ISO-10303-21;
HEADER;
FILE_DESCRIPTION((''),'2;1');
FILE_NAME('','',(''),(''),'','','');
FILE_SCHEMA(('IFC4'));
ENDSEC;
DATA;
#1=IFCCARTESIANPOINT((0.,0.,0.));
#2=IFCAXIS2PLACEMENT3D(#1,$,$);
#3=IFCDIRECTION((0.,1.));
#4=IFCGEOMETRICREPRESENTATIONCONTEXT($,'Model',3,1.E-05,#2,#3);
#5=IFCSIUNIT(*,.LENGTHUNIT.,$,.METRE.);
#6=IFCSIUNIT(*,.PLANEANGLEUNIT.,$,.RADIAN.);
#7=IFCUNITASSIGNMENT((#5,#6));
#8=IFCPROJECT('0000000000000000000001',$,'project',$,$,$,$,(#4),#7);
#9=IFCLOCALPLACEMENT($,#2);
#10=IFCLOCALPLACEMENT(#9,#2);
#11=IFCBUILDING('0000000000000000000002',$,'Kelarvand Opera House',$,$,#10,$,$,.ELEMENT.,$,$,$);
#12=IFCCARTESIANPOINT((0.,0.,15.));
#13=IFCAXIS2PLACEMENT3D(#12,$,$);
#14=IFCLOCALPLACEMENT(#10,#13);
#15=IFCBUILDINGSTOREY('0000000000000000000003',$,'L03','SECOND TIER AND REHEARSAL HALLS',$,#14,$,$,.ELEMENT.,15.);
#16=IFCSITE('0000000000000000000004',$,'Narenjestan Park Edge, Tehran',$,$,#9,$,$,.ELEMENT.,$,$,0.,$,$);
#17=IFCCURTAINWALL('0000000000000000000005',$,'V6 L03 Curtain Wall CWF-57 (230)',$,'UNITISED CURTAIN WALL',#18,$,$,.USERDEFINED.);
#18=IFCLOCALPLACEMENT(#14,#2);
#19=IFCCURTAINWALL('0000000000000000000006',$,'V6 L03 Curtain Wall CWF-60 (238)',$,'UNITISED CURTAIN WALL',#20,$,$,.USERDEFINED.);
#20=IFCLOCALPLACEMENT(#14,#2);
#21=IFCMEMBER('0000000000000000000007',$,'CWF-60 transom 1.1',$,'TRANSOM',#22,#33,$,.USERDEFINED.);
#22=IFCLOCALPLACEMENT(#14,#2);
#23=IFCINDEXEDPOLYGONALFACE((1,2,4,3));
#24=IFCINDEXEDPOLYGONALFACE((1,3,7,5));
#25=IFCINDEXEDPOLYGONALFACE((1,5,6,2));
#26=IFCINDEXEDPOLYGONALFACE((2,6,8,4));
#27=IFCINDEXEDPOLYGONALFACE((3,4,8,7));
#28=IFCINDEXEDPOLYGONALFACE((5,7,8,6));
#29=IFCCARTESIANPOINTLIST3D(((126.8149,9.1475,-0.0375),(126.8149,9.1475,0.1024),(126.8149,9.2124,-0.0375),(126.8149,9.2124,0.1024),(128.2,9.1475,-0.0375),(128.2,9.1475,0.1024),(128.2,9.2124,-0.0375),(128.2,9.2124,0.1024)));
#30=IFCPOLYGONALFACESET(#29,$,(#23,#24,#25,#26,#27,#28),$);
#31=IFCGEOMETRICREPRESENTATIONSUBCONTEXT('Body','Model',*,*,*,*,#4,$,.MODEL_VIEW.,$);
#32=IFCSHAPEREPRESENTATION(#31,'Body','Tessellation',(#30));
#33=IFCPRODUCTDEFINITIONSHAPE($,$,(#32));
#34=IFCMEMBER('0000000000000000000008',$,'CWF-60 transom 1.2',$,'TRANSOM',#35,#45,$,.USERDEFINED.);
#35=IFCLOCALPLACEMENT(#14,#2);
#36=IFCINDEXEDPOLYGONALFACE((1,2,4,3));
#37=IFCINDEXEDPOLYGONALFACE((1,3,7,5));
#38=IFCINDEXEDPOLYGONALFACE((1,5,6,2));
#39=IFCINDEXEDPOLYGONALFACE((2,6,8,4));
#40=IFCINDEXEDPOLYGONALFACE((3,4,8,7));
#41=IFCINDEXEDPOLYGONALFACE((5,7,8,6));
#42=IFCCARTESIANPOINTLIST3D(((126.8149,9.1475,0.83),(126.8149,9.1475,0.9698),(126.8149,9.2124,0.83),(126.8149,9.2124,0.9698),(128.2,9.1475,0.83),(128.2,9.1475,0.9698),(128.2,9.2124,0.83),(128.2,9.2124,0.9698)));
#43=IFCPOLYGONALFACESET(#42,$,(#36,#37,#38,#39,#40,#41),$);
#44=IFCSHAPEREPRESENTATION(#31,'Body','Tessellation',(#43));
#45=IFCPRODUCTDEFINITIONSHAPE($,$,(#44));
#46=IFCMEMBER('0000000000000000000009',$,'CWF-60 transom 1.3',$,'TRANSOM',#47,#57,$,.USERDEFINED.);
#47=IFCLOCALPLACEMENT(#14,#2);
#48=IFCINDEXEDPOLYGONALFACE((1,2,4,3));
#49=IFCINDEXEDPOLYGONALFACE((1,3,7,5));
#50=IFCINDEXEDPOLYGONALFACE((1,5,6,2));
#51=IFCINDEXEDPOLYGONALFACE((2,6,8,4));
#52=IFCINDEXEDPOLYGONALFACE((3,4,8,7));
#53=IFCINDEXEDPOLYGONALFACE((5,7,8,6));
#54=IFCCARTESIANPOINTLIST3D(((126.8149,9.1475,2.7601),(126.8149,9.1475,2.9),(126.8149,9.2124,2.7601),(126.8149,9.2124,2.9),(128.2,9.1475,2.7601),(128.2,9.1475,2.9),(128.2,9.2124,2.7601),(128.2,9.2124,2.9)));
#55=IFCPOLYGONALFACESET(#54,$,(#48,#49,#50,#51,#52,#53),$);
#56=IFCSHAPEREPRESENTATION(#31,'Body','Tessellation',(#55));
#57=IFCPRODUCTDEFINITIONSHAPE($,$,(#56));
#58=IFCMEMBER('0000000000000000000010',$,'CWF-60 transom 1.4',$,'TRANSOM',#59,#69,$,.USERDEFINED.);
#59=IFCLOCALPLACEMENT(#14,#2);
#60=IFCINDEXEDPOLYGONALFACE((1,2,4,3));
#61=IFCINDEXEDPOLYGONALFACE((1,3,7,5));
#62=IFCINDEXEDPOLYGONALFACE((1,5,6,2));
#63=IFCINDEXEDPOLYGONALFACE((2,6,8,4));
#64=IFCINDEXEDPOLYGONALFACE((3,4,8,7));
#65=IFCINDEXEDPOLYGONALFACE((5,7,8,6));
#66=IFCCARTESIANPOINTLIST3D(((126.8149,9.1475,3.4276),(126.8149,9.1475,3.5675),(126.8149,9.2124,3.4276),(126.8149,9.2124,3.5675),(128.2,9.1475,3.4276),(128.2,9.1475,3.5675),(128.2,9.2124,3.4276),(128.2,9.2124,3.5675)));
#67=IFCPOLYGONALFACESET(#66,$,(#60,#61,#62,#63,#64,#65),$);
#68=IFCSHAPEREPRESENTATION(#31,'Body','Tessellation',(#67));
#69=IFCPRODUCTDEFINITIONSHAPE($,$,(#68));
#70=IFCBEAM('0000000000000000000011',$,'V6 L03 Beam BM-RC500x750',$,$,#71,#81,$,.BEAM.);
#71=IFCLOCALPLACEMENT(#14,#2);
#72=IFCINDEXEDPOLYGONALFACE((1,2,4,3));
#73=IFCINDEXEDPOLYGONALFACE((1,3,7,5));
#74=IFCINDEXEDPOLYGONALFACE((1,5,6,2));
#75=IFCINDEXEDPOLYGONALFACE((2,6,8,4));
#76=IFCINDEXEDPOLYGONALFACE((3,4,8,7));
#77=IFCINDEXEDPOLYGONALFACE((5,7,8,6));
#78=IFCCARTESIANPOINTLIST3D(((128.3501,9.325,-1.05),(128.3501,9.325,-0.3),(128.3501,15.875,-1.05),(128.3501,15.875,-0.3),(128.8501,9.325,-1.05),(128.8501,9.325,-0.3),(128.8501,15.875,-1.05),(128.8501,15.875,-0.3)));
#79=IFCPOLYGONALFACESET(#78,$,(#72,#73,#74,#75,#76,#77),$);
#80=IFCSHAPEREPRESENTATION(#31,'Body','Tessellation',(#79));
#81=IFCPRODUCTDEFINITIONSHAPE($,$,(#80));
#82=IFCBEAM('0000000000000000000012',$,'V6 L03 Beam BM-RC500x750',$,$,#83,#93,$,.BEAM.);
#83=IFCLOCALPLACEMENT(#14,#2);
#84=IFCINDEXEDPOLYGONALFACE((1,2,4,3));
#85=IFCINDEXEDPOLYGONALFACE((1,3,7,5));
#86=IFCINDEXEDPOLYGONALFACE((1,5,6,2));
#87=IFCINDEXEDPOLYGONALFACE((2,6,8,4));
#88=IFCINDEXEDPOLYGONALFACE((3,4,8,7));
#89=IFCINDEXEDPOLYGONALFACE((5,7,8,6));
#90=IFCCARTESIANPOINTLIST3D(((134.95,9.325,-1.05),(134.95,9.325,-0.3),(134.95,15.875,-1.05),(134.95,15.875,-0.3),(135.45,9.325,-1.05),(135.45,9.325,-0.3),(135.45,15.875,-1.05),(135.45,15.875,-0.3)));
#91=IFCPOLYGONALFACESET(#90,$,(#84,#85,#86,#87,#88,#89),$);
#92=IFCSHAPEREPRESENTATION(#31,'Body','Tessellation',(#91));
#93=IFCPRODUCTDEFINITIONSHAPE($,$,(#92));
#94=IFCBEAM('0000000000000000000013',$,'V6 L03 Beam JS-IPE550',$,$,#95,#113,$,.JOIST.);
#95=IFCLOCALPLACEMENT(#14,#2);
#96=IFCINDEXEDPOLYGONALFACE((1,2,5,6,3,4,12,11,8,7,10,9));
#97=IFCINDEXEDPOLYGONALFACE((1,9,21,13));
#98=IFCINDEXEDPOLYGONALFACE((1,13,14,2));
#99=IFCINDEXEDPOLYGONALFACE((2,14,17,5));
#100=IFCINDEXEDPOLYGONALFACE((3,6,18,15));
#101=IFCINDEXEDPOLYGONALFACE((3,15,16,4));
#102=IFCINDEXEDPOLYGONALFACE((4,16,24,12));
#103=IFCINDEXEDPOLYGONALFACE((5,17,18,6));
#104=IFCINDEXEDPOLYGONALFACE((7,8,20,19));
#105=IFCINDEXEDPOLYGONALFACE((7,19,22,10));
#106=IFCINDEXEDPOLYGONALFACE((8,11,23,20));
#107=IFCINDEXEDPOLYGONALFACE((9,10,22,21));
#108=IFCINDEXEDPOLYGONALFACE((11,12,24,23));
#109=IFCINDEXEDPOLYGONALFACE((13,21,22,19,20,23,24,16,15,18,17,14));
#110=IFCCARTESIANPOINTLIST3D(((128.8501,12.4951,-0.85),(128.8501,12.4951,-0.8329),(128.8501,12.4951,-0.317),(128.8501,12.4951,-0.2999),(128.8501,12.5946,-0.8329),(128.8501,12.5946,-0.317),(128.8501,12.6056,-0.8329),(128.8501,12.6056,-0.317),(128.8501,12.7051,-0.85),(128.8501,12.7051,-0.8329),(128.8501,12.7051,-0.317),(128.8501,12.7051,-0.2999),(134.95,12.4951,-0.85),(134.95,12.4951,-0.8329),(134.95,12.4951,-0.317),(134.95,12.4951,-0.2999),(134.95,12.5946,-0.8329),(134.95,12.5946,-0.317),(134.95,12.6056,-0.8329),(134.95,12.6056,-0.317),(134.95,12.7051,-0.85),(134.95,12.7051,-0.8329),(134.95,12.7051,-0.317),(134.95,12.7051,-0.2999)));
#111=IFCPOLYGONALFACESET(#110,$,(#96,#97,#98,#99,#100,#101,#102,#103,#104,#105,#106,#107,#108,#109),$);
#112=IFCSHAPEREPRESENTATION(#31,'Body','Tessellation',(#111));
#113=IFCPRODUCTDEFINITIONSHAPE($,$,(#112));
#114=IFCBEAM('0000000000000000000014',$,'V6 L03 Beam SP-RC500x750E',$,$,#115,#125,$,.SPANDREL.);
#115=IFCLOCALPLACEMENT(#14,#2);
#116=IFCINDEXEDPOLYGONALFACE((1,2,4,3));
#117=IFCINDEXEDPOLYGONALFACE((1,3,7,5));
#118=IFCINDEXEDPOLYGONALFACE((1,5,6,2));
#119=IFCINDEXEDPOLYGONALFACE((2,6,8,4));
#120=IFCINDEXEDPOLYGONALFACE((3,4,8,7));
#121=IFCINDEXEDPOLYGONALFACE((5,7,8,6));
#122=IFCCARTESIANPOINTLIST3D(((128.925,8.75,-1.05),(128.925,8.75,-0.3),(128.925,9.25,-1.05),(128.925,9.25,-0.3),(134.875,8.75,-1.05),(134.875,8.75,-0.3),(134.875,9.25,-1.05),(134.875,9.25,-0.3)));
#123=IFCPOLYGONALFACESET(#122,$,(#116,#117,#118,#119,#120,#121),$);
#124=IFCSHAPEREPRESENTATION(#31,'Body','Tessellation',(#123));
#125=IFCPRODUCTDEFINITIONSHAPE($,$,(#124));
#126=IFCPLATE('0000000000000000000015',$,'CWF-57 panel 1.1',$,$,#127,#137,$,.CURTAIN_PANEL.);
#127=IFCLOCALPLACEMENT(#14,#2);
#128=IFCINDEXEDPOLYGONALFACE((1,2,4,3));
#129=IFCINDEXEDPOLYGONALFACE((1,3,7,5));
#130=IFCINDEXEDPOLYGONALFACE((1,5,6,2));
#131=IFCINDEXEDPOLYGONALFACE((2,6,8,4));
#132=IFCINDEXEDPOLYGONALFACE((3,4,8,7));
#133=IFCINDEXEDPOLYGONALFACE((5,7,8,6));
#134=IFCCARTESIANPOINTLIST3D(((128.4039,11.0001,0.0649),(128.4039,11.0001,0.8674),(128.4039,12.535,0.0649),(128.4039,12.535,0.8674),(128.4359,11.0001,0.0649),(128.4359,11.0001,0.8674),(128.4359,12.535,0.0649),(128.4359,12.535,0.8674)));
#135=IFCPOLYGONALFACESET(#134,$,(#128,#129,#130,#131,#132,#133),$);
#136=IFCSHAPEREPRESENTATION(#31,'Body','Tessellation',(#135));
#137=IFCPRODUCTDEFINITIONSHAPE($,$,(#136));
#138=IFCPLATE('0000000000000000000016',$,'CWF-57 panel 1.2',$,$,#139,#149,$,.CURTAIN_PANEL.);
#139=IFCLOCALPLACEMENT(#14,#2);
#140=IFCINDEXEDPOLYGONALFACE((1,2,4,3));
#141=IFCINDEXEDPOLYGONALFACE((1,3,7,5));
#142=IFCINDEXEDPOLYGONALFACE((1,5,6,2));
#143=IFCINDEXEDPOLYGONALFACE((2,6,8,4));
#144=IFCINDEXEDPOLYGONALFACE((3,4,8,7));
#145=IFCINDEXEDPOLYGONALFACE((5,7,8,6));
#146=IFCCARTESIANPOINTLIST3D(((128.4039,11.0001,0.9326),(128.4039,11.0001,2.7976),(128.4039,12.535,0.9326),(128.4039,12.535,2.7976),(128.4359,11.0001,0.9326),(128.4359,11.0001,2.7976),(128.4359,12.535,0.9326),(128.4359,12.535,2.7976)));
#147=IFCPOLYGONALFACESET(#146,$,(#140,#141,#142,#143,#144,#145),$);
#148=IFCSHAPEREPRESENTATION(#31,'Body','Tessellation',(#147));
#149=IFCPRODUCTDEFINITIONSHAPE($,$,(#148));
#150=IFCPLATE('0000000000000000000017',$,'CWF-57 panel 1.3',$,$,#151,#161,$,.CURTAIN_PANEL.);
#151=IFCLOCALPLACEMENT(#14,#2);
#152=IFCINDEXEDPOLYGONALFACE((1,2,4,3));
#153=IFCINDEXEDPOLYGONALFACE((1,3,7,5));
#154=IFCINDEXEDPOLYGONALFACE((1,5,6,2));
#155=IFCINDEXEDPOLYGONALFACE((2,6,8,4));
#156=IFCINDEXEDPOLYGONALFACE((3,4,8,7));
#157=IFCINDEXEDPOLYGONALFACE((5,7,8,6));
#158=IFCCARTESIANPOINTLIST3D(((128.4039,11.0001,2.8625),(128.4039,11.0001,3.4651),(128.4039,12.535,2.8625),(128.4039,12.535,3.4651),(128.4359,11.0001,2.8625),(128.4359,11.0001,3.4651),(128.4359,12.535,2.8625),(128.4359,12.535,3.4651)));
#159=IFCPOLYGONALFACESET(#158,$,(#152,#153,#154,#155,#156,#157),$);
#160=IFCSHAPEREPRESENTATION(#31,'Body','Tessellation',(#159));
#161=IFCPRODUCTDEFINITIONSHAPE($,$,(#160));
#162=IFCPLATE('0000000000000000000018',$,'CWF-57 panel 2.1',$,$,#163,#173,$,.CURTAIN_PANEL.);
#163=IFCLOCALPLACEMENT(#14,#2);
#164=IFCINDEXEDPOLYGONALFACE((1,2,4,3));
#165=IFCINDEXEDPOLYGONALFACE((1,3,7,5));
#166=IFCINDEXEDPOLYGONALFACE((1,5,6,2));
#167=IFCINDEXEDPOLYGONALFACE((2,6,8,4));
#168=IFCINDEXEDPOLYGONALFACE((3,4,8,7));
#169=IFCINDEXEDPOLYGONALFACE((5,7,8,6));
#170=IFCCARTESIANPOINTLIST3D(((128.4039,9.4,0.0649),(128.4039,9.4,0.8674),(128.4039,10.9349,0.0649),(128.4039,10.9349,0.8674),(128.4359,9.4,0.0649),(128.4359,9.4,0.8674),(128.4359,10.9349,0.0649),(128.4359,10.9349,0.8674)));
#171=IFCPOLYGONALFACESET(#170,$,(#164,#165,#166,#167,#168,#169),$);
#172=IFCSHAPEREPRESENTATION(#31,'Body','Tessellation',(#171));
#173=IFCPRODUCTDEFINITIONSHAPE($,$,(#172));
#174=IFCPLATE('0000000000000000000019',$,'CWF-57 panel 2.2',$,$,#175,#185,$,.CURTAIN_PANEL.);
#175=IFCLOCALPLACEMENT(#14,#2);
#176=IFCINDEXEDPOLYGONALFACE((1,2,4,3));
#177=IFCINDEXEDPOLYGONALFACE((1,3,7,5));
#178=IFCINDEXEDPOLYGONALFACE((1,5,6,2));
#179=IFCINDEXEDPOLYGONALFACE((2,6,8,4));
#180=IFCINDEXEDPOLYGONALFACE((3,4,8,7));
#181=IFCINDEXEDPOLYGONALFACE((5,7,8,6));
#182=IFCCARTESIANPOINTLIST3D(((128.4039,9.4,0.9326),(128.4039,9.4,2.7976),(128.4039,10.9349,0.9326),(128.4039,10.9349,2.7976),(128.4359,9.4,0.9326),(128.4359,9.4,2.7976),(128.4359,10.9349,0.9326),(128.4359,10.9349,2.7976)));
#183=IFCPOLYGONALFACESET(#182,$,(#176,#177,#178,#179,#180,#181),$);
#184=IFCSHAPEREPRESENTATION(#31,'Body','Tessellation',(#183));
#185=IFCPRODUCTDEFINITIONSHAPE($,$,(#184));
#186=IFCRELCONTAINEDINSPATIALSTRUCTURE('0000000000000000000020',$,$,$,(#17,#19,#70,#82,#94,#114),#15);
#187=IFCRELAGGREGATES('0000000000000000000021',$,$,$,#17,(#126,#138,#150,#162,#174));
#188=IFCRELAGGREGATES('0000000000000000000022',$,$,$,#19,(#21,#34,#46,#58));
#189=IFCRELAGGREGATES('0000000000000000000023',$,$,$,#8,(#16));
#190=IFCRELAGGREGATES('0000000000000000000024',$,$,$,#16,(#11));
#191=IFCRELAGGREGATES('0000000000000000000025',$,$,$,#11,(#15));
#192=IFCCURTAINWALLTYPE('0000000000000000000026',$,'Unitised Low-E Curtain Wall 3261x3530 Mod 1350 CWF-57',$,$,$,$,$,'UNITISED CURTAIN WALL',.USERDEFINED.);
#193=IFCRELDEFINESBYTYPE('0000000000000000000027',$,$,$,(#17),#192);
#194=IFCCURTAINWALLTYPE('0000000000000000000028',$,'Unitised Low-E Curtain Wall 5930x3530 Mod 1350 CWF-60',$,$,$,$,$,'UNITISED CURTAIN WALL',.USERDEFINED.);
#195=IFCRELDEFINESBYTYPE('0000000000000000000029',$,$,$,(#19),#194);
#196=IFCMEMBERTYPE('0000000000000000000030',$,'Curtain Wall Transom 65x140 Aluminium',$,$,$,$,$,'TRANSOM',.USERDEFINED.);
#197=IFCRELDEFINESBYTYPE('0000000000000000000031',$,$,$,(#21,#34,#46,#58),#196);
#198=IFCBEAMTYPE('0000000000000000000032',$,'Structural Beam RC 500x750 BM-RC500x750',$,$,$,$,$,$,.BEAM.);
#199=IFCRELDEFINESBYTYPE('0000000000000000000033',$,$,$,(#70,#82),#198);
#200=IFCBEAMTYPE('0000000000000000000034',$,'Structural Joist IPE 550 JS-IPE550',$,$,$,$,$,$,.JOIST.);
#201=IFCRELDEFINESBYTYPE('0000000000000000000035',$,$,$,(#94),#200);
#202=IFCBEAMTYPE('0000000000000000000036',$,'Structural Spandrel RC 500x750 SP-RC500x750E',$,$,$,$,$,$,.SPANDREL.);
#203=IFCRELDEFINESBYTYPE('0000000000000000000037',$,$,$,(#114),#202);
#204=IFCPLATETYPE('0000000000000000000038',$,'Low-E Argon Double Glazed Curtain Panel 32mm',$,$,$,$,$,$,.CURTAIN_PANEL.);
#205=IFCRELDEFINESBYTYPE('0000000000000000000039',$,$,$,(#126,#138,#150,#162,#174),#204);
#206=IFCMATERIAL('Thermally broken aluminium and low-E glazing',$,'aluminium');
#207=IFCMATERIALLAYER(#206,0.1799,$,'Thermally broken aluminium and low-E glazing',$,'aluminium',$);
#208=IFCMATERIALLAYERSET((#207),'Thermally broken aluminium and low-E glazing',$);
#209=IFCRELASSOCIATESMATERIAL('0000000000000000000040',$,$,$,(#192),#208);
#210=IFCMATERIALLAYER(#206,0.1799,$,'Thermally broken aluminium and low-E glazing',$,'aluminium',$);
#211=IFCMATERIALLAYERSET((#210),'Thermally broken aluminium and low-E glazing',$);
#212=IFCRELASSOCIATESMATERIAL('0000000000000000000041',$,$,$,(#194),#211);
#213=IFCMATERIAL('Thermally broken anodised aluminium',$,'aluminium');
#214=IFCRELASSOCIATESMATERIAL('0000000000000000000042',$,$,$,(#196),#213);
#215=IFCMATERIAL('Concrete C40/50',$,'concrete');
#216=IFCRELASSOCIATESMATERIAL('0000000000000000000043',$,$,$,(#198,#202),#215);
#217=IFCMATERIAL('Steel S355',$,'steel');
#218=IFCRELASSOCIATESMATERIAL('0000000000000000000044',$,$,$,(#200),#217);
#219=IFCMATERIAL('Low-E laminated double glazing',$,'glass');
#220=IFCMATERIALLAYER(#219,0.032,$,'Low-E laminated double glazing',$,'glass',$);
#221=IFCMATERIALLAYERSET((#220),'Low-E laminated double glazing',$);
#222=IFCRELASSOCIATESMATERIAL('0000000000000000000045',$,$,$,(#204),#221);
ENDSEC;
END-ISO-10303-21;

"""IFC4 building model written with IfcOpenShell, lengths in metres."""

from ifc_helpers import new_model, si_unit, direction, frame, origin, origin_2d, place, context, subcontext, project, spatial, rectangle, i_section, extrude, material, layer, layer_set, material_profile, profile_set, type_object, element, aggregate, save


model = new_model("IFC4")

# Units and contexts
model_context = context("Model", 3, precision=1e-05, world=origin(), true_north=direction((0.0, 1.0)))
body_context = subcontext(model_context, "Body", "Model", "MODEL_VIEW")
ifc_project = project(units=[si_unit("LENGTHUNIT", "METRE"), si_unit("PLANEANGLEUNIT", "RADIAN")], contexts=[model_context])

# Site, building, storey
site_placement = place(None, origin())
site = spatial("IfcSite", under=ifc_project, at=site_placement, Name="Narenjestan Park Edge, Tehran", CompositionType="ELEMENT", RefElevation=0.0)
building_placement = place(site_placement, origin())
building = spatial("IfcBuilding", under=site, at=building_placement, Name="Kelarvand Opera House", CompositionType="ELEMENT")
storey_placement = place(building_placement, frame((0.0, 0.0, 15.0)))
storey = spatial("IfcBuildingStorey", under=building, at=storey_placement, Name="L03", Description="SECOND TIER AND REHEARSAL HALLS", CompositionType="ELEMENT", Elevation=15.0)

# Shared definitions
ifc_material_1 = material(Name="Concrete C40/50", Category="concrete")

# Shared definitions
ifc_material_2 = material(Name="Thermally broken aluminium and low-E glazing", Category="aluminium")
ifc_layer_1 = layer(ifc_material_2, 0.1799, Name="Thermally broken aluminium and low-E glazing", Category="aluminium")
ifc_layer_set_1 = layer_set([ifc_layer_1], Name="Thermally broken aluminium and low-E glazing")
curtain_wall_type_1 = type_object("IfcCurtainWallType", Name="Unitised Low-E Curtain Wall 3261x3530 Mod 1350 CWF-57", ElementType="UNITISED CURTAIN WALL", PredefinedType="USERDEFINED", material=ifc_layer_set_1)
ifc_material_3 = material(Name="Thermally broken anodised aluminium", Category="aluminium")

# Curtain wall
curtain_wall_1_placement = place(storey_placement, origin())
curtain_wall_1 = element("IfcCurtainWall", 1, at=curtain_wall_1_placement, inside=storey, type_object=curtain_wall_type_1, Name="V6 L03 Curtain Wall CWF-57 (230)", ObjectType="UNITISED CURTAIN WALL", PredefinedType="USERDEFINED")

# Curtain wall
ifc_layer_2 = layer(ifc_material_2, 0.1799, Name="Thermally broken aluminium and low-E glazing", Category="aluminium")
ifc_layer_set_2 = layer_set([ifc_layer_2], Name="Thermally broken aluminium and low-E glazing")
curtain_wall_type_2 = type_object("IfcCurtainWallType", Name="Unitised Low-E Curtain Wall 5930x3530 Mod 1350 CWF-60", ElementType="UNITISED CURTAIN WALL", PredefinedType="USERDEFINED", material=ifc_layer_set_2)
curtain_wall_2_placement = place(storey_placement, origin())
curtain_wall_2 = element("IfcCurtainWall", 2, at=curtain_wall_2_placement, inside=storey, type_object=curtain_wall_type_2, Name="V6 L03 Curtain Wall CWF-60 (238)", ObjectType="UNITISED CURTAIN WALL", PredefinedType="USERDEFINED")

# Members
ifc_material_profile_1 = material_profile(ifc_material_3, rectangle(XDim=0.0649, YDim=0.1399, at=origin_2d()), Name="ALU TRANSOM 65x140", Category="aluminium")
ifc_profile_set_1 = profile_set([ifc_material_profile_1], Name="Thermally broken anodised aluminium")
member_type_1 = type_object("IfcMemberType", Name="Curtain Wall Transom 65x140 Aluminium", ElementType="TRANSOM", PredefinedType="USERDEFINED", material=ifc_profile_set_1)
member_1_placement = place(storey_placement, frame((128.2, 9.1799, 0.0325), z_axis=(-1.0, 0.0, 0.0), x_axis=(0.0, -1.0, 0.0)))
member_1 = element("IfcMember", 3, at=member_1_placement, type_object=member_type_1, Name="CWF-60 transom 1.1", ObjectType="TRANSOM", PredefinedType="USERDEFINED", context=body_context, shape_type="SweptSolid", body=[
    extrude(rectangle(XDim=0.0649, YDim=0.1399, at=origin_2d()), origin(), (0.0, 0.0, 1.0), 1.385),
])
member_2_placement = place(storey_placement, frame((128.2, 9.1799, 0.8999), z_axis=(-1.0, 0.0, 0.0), x_axis=(0.0, -1.0, 0.0)))
member_2 = element("IfcMember", 4, at=member_2_placement, type_object=member_type_1, Name="CWF-60 transom 1.2", ObjectType="TRANSOM", PredefinedType="USERDEFINED", context=body_context, shape_type="SweptSolid", body=[
    extrude(rectangle(XDim=0.0649, YDim=0.1399, at=origin_2d()), origin(), (0.0, 0.0, 1.0), 1.385),
])
member_3_placement = place(storey_placement, frame((128.2, 9.1799, 2.8301), z_axis=(-1.0, 0.0, 0.0), x_axis=(0.0, -1.0, 0.0)))
member_3 = element("IfcMember", 5, at=member_3_placement, type_object=member_type_1, Name="CWF-60 transom 1.3", ObjectType="TRANSOM", PredefinedType="USERDEFINED", context=body_context, shape_type="SweptSolid", body=[
    extrude(rectangle(XDim=0.0649, YDim=0.1399, at=origin_2d()), origin(), (0.0, 0.0, 1.0), 1.385),
])
member_4_placement = place(storey_placement, frame((128.2, 9.1799, 3.4976), z_axis=(-1.0, 0.0, 0.0), x_axis=(0.0, -1.0, 0.0)))
member_4 = element("IfcMember", 6, at=member_4_placement, type_object=member_type_1, Name="CWF-60 transom 1.4", ObjectType="TRANSOM", PredefinedType="USERDEFINED", context=body_context, shape_type="SweptSolid", body=[
    extrude(rectangle(XDim=0.0649, YDim=0.1399, at=origin_2d()), origin(), (0.0, 0.0, 1.0), 1.385),
])

# Beams
ifc_material_profile_2 = material_profile(ifc_material_1, rectangle(XDim=0.5, YDim=0.75, at=origin_2d()), Name="RC 500x750", Category="concrete")
ifc_profile_set_2 = profile_set([ifc_material_profile_2], Name="Concrete C40/50")
beam_type_1 = type_object("IfcBeamType", Name="Structural Beam RC 500x750 BM-RC500x750", PredefinedType="BEAM", material=ifc_profile_set_2)
for number, where, z_axis, x_axis, name in (
    (7, (128.6001, 9.325, -0.675), (0.0, 1.0, 0.0), (-1.0, 0.0, 0.0), "V6 L03 Beam BM-RC500x750"),
    (8, (135.2, 9.325, -0.675), (0.0, 1.0, 0.0), (-1.0, 0.0, 0.0), "V6 L03 Beam BM-RC500x750"),
):
    element("IfcBeam", number, at=place(storey_placement, frame(where, z_axis=z_axis, x_axis=x_axis)), inside=storey, type_object=beam_type_1, Name=name, PredefinedType="BEAM", context=body_context, shape_type="SweptSolid", body=[
        extrude(rectangle(XDim=0.5, YDim=0.75, at=origin_2d()), origin(), (0.0, 0.0, 1.0), 6.55),
    ])
ifc_material_4 = material(Name="Steel S355", Category="steel")
ifc_material_profile_3 = material_profile(ifc_material_4, i_section(OverallWidth=0.21, OverallDepth=0.55, WebThickness=0.011, FlangeThickness=0.0171, at=origin_2d()), Name="IPE 550", Category="steel")
ifc_profile_set_3 = profile_set([ifc_material_profile_3], Name="Steel S355")
beam_type_2 = type_object("IfcBeamType", Name="Structural Joist IPE 550 JS-IPE550", PredefinedType="JOIST", material=ifc_profile_set_3)
beam_1_placement = place(storey_placement, frame((128.8501, 12.6001, -0.575), z_axis=(1.0, 0.0, 0.0), x_axis=(0.0, 1.0, 0.0)))
element("IfcBeam", 9, at=beam_1_placement, inside=storey, type_object=beam_type_2, Name="V6 L03 Beam JS-IPE550", PredefinedType="JOIST", context=body_context, shape_type="SweptSolid", body=[
    extrude(i_section(OverallWidth=0.21, OverallDepth=0.55, WebThickness=0.011, FlangeThickness=0.0171, at=origin_2d()), origin(), (0.0, 0.0, 1.0), 6.0999),
])
ifc_material_profile_4 = material_profile(ifc_material_1, rectangle(XDim=0.5, YDim=0.75, at=origin_2d()), Name="RC 500x750", Category="concrete")
ifc_profile_set_4 = profile_set([ifc_material_profile_4], Name="Concrete C40/50")
beam_type_3 = type_object("IfcBeamType", Name="Structural Spandrel RC 500x750 SP-RC500x750E", PredefinedType="SPANDREL", material=ifc_profile_set_4)
beam_2_placement = place(storey_placement, frame((128.925, 9.0, -0.675), z_axis=(1.0, 0.0, 0.0), x_axis=(0.0, 1.0, 0.0)))
element("IfcBeam", 10, at=beam_2_placement, inside=storey, type_object=beam_type_3, Name="V6 L03 Beam SP-RC500x750E", PredefinedType="SPANDREL", context=body_context, shape_type="SweptSolid", body=[
    extrude(rectangle(XDim=0.5, YDim=0.75, at=origin_2d()), origin(), (0.0, 0.0, 1.0), 5.95),
])

# Plates
ifc_material_5 = material(Name="Low-E laminated double glazing", Category="glass")
ifc_layer_3 = layer(ifc_material_5, 0.032, Name="Low-E laminated double glazing", Category="glass")
ifc_layer_set_3 = layer_set([ifc_layer_3], Name="Low-E laminated double glazing")
plate_type = type_object("IfcPlateType", Name="Low-E Argon Double Glazed Curtain Panel 32mm", PredefinedType="CURTAIN_PANEL", material=ifc_layer_set_3)
plate_1_placement = place(storey_placement, frame((128.4199, 11.7676, 0.0649), z_axis=(0.0, 0.0, 1.0), x_axis=(0.0, -1.0, 0.0)))
plate_1 = element("IfcPlate", 11, at=plate_1_placement, type_object=plate_type, Name="CWF-57 panel 1.1", PredefinedType="CURTAIN_PANEL", context=body_context, shape_type="SweptSolid", body=[
    extrude(rectangle(XDim=1.5349, YDim=0.032, at=origin_2d()), origin(), (0.0, 0.0, 1.0), 0.8025),
])
plate_2_placement = place(storey_placement, frame((128.4199, 11.7676, 0.9326), z_axis=(0.0, 0.0, 1.0), x_axis=(0.0, -1.0, 0.0)))
plate_2 = element("IfcPlate", 12, at=plate_2_placement, type_object=plate_type, Name="CWF-57 panel 1.2", PredefinedType="CURTAIN_PANEL", context=body_context, shape_type="SweptSolid", body=[
    extrude(rectangle(XDim=1.5349, YDim=0.032, at=origin_2d()), origin(), (0.0, 0.0, 1.0), 1.865),
])
plate_3_placement = place(storey_placement, frame((128.4199, 11.7676, 2.8625), z_axis=(0.0, 0.0, 1.0), x_axis=(0.0, -1.0, 0.0)))
plate_3 = element("IfcPlate", 13, at=plate_3_placement, type_object=plate_type, Name="CWF-57 panel 1.3", PredefinedType="CURTAIN_PANEL", context=body_context, shape_type="SweptSolid", body=[
    extrude(rectangle(XDim=1.5349, YDim=0.032, at=origin_2d()), origin(), (0.0, 0.0, 1.0), 0.6025),
])
plate_4_placement = place(storey_placement, frame((128.4199, 10.1675, 0.0649), z_axis=(0.0, 0.0, 1.0), x_axis=(0.0, -1.0, 0.0)))
plate_4 = element("IfcPlate", 14, at=plate_4_placement, type_object=plate_type, Name="CWF-57 panel 2.1", PredefinedType="CURTAIN_PANEL", context=body_context, shape_type="SweptSolid", body=[
    extrude(rectangle(XDim=1.5349, YDim=0.032, at=origin_2d()), origin(), (0.0, 0.0, 1.0), 0.8025),
])
plate_5_placement = place(storey_placement, frame((128.4199, 10.1675, 0.9326), z_axis=(0.0, 0.0, 1.0), x_axis=(0.0, -1.0, 0.0)))
plate_5 = element("IfcPlate", 15, at=plate_5_placement, type_object=plate_type, Name="CWF-57 panel 2.2", PredefinedType="CURTAIN_PANEL", context=body_context, shape_type="SweptSolid", body=[
    extrude(rectangle(XDim=1.5349, YDim=0.032, at=origin_2d()), origin(), (0.0, 0.0, 1.0), 1.865),
])
aggregate(curtain_wall_1, [plate_1, plate_2, plate_3, plate_4, plate_5])
aggregate(curtain_wall_2, [member_1, member_2, member_3, member_4])

save(model, "model.ifc")
